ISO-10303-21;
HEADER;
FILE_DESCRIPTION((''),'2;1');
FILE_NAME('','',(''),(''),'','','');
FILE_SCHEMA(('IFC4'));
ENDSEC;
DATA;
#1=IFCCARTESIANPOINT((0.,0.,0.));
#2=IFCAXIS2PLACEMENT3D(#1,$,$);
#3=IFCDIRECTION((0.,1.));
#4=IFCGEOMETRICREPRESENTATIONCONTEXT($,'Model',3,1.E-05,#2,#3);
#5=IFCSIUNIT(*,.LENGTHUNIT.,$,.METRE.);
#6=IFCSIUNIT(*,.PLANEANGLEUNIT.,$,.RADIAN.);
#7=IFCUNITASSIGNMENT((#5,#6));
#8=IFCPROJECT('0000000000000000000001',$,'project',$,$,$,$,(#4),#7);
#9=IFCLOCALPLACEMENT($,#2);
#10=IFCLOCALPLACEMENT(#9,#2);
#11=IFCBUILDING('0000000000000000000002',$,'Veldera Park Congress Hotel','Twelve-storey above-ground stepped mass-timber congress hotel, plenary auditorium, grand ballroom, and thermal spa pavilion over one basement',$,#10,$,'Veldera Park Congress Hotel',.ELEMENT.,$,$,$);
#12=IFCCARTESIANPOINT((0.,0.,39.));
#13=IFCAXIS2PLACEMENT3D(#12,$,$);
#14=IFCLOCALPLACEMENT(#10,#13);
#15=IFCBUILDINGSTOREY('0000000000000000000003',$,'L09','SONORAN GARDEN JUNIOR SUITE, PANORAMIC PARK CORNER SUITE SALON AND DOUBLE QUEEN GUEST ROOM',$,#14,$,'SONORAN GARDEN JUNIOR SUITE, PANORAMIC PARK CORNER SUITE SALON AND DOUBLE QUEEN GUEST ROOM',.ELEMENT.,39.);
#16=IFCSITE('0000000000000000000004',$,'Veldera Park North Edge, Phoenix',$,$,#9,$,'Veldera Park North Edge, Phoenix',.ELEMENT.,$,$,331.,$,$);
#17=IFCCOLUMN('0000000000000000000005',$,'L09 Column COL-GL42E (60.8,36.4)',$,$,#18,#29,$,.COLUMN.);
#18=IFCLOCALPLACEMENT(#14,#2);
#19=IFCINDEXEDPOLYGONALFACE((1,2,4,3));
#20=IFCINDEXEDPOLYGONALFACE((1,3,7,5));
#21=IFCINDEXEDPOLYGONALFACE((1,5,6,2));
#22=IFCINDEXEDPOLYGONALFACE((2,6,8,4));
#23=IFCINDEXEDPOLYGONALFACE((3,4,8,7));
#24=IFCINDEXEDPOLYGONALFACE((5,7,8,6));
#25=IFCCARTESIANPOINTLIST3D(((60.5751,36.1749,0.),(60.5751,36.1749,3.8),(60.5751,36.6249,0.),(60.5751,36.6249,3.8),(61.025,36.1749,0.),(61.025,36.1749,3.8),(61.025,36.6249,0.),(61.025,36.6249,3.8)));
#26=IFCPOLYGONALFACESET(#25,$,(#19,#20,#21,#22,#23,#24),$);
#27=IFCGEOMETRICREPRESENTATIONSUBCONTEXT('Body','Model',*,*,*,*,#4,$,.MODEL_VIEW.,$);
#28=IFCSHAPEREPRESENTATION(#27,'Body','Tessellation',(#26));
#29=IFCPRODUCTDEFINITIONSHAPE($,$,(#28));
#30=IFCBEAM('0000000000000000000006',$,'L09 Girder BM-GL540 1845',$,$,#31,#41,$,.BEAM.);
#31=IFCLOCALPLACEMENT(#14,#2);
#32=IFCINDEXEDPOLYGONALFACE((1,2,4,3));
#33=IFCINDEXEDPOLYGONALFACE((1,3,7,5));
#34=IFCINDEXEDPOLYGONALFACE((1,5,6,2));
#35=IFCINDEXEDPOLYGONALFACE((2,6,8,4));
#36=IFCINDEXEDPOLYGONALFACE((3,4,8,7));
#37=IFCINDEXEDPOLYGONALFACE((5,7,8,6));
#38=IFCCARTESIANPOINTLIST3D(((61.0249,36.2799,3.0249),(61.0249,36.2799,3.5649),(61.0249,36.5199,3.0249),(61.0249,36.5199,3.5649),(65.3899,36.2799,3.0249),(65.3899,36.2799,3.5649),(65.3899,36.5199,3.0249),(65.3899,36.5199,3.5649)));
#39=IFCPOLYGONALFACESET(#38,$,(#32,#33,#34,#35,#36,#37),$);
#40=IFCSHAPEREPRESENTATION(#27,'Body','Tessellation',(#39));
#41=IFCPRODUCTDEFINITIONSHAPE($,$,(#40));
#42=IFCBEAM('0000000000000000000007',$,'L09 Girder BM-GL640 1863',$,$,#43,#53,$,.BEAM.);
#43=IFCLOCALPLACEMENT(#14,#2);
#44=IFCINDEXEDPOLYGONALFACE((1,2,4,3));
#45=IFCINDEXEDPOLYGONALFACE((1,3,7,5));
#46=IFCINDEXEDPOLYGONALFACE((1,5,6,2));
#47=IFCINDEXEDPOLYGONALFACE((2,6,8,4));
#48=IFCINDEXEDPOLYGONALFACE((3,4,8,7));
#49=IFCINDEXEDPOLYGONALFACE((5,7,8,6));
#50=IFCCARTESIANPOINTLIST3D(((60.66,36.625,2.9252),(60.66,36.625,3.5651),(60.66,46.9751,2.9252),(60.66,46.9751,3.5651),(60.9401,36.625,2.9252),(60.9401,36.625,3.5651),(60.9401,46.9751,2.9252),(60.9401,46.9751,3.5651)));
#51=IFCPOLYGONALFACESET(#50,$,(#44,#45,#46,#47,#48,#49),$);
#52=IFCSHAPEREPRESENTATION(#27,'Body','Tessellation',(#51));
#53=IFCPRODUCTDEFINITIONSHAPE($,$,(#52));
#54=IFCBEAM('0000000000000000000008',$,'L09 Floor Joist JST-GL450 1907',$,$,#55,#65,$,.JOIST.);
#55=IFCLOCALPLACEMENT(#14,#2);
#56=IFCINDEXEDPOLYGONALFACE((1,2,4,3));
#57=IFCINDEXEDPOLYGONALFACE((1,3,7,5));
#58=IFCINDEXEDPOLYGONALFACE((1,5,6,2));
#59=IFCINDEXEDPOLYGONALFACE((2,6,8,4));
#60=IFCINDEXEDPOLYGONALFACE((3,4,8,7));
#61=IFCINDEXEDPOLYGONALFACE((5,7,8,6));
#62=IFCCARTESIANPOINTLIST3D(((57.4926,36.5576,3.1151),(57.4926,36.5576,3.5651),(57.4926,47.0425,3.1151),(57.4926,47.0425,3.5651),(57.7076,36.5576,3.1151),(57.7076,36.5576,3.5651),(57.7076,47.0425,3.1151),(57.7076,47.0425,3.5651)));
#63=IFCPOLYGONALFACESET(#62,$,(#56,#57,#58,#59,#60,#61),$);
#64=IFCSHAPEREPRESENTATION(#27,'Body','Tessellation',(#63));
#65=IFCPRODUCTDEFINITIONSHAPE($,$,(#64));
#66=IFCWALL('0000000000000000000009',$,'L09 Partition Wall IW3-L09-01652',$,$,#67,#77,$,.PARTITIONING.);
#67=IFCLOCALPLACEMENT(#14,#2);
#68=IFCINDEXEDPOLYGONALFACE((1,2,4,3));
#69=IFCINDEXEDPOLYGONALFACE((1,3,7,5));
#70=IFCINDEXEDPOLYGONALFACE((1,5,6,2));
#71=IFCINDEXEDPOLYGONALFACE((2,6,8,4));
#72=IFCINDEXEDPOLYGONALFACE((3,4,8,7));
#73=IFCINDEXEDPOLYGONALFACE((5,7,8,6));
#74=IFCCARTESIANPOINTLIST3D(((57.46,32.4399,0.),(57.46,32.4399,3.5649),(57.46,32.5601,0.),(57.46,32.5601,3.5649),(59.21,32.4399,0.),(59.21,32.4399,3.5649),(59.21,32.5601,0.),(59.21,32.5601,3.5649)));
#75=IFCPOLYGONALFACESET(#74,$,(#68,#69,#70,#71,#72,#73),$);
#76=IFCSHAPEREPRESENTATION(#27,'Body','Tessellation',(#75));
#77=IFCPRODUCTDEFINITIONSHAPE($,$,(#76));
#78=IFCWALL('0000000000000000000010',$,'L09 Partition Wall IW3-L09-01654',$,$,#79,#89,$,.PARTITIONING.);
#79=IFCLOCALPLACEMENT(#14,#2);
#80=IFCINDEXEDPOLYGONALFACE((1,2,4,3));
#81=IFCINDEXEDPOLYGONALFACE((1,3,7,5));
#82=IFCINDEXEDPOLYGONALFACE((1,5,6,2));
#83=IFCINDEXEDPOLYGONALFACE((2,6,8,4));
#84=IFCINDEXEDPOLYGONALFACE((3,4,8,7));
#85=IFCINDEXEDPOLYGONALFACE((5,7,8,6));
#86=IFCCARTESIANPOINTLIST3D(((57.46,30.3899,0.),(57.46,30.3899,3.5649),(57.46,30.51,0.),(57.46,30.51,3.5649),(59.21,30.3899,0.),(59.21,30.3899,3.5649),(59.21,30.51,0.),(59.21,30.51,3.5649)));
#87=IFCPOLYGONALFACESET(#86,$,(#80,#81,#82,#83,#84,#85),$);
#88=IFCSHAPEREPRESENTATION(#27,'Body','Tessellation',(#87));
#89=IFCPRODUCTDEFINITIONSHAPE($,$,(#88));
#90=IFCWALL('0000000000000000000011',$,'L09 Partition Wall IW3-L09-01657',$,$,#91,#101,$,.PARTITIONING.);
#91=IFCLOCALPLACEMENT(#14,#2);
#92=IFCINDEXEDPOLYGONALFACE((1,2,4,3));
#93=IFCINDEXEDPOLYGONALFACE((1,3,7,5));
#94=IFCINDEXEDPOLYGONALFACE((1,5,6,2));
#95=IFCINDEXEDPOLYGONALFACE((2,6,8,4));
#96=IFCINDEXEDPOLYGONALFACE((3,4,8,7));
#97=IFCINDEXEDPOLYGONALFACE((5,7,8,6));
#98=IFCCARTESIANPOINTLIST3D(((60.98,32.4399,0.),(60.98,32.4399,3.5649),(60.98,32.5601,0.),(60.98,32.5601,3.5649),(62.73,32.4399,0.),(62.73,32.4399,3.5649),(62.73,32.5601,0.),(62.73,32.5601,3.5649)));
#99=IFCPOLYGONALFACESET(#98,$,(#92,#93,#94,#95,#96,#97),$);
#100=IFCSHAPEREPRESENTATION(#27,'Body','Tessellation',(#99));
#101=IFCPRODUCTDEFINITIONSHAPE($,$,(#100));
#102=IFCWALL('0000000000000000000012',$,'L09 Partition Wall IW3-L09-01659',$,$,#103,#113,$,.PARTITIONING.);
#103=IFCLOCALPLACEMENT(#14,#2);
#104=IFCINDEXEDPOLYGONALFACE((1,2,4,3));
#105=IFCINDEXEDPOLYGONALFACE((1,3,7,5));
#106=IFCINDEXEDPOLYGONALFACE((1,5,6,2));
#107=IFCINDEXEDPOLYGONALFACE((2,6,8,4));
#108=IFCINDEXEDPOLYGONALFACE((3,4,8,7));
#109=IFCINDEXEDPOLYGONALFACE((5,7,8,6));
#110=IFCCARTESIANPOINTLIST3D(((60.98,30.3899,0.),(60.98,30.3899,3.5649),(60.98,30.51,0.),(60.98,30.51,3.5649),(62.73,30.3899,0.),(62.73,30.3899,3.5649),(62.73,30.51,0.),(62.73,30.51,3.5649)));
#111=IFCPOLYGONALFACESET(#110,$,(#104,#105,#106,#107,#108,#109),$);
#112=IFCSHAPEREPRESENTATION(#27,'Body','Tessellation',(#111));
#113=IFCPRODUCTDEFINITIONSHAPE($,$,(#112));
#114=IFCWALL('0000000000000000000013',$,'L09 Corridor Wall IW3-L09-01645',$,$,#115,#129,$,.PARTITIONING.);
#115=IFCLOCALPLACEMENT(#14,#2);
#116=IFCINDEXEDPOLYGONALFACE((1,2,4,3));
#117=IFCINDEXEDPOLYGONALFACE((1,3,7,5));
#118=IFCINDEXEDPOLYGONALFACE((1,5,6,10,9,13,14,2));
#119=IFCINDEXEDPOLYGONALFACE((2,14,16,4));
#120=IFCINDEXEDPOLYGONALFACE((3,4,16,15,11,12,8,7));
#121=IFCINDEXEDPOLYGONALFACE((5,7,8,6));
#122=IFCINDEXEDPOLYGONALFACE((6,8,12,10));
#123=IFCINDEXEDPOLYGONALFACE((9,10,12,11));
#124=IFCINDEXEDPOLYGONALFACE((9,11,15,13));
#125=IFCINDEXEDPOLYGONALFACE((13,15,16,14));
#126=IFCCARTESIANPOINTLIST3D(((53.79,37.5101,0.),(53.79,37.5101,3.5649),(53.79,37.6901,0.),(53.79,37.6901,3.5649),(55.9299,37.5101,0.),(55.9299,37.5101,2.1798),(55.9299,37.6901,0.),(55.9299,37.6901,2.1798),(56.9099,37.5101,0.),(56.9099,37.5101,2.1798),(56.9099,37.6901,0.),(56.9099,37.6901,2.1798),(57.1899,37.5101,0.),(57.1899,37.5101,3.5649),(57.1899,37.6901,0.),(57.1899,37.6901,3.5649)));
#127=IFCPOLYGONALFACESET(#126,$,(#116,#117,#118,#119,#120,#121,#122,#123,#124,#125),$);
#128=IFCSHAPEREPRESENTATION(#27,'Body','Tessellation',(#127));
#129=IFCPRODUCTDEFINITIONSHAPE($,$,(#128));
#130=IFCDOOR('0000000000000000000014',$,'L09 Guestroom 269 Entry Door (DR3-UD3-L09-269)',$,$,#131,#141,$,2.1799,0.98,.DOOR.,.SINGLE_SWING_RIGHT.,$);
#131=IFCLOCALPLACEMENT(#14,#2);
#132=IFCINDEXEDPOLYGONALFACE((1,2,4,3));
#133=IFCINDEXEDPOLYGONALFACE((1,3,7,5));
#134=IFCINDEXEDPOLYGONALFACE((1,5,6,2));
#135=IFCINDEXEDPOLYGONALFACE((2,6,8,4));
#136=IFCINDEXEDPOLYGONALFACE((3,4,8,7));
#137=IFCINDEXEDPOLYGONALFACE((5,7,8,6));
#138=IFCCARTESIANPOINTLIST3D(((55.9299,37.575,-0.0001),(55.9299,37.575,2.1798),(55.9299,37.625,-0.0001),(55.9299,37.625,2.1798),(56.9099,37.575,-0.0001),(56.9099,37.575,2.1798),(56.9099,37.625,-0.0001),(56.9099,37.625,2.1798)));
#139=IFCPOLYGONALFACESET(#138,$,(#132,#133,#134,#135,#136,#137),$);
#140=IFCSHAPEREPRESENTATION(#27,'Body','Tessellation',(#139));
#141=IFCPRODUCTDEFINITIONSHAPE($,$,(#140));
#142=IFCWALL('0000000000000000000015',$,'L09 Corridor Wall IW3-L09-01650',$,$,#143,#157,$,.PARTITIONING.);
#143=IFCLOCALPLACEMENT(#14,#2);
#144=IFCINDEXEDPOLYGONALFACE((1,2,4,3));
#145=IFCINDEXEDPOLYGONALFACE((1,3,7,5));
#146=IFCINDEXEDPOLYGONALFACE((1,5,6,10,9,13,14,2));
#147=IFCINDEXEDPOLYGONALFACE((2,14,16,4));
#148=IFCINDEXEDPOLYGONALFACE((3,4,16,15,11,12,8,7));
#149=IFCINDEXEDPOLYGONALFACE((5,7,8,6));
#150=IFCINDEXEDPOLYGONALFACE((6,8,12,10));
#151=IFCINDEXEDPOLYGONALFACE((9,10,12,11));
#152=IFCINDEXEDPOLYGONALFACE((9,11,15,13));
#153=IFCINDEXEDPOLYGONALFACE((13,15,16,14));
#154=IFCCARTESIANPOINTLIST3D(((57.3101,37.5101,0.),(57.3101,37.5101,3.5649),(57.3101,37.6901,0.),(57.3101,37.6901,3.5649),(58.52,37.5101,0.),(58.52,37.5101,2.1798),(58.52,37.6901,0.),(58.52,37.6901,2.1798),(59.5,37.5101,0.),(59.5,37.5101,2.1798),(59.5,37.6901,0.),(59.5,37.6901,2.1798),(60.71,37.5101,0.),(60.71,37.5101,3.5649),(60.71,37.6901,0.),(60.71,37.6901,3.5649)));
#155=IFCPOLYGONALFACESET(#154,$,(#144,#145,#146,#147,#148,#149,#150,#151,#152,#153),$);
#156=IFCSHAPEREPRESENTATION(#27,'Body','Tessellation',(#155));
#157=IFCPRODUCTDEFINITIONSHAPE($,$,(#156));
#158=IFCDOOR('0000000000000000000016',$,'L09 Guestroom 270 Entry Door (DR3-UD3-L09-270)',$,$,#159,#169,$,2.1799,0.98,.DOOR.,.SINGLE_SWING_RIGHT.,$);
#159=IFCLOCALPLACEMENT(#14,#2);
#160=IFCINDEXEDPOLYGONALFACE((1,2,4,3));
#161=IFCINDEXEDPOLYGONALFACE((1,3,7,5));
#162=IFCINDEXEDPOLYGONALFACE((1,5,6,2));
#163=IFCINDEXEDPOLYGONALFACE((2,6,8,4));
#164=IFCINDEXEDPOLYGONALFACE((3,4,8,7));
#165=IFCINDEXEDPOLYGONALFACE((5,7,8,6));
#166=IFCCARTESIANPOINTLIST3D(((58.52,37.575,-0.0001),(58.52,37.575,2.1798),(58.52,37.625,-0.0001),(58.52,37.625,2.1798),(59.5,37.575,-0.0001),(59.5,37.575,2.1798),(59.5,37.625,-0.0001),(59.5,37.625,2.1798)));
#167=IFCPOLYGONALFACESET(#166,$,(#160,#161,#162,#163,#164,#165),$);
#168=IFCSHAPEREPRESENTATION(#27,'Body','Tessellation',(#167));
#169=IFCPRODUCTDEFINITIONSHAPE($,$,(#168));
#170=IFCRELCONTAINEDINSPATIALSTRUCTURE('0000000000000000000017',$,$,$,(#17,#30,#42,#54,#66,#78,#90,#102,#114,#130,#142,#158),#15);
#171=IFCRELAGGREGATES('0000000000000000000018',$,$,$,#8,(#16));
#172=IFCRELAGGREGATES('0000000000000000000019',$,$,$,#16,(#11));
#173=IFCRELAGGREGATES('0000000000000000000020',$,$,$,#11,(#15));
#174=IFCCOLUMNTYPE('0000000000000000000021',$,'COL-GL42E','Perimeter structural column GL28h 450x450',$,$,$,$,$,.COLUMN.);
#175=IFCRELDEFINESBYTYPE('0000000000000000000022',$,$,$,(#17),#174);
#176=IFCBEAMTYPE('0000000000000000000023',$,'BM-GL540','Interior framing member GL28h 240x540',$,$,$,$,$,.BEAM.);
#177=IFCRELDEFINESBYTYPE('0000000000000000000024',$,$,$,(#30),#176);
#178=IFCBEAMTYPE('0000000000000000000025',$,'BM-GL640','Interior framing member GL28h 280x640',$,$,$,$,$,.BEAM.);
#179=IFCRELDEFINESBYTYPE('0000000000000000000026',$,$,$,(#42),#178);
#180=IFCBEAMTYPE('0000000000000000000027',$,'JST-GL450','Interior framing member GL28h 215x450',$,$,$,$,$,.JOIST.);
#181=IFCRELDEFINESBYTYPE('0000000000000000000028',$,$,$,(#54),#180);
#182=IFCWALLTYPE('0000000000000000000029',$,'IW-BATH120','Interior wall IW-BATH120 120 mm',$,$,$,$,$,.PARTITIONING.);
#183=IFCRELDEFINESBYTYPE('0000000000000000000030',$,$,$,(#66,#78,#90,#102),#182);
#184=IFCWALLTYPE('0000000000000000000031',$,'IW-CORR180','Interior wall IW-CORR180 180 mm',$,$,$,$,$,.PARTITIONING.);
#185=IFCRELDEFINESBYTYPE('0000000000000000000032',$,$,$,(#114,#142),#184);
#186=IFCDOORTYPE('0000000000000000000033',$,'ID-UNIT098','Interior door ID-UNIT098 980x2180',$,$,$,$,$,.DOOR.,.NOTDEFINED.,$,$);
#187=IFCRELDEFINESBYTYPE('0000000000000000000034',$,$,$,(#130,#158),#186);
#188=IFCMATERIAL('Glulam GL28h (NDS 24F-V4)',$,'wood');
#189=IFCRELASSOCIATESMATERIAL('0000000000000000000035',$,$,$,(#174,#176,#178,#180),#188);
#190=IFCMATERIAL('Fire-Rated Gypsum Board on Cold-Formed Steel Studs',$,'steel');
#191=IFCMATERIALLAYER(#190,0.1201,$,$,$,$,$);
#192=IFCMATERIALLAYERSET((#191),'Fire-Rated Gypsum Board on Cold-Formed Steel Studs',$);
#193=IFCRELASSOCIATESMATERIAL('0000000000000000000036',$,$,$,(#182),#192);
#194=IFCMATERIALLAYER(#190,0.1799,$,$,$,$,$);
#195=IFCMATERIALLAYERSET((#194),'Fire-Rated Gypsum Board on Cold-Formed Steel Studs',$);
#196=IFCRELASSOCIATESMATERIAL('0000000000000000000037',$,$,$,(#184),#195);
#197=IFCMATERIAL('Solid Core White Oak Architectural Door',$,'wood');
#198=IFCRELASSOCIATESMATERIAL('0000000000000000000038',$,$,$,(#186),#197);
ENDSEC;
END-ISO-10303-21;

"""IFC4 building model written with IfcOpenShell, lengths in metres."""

from ifc_helpers import new_model, si_unit, direction, frame, frame_2d, origin, origin_2d, place, context, subcontext, project, spatial, rectangle, extrude, material, layer, layer_set, material_profile, profile_set, type_object, element, fill, save


model = new_model("IFC4")

# Units and contexts
model_context = context("Model", 3, precision=1e-05, world=origin(), true_north=direction((0.0, 1.0)))
body_context = subcontext(model_context, "Body", "Model", "MODEL_VIEW")
ifc_project = project(units=[si_unit("LENGTHUNIT", "METRE"), si_unit("PLANEANGLEUNIT", "RADIAN")], contexts=[model_context])

# Site, building, storey
site_placement = place(None, origin())
site = spatial("IfcSite", under=ifc_project, at=site_placement, Name="Veldera Park North Edge, Phoenix", LongName="Veldera Park North Edge, Phoenix", CompositionType="ELEMENT", RefElevation=331.0)
building_placement = place(site_placement, origin())
building = spatial("IfcBuilding", under=site, at=building_placement, Name="Veldera Park Congress Hotel", Description="Twelve-storey above-ground stepped mass-timber congress hotel, plenary auditorium, grand ballroom, and thermal spa pavilion over one basement", LongName="Veldera Park Congress Hotel", CompositionType="ELEMENT")
storey_placement = place(building_placement, frame((0.0, 0.0, 39.0)))
storey = spatial("IfcBuildingStorey", under=building, at=storey_placement, Name="L09", Description="SONORAN GARDEN JUNIOR SUITE, PANORAMIC PARK CORNER SUITE SALON AND DOUBLE QUEEN GUEST ROOM", LongName="SONORAN GARDEN JUNIOR SUITE, PANORAMIC PARK CORNER SUITE SALON AND DOUBLE QUEEN GUEST ROOM", CompositionType="ELEMENT", Elevation=39.0)

# Column
ifc_material_1 = material(Name="Glulam GL28h (NDS 24F-V4)", Category="wood")
ifc_material_profile_1 = material_profile(ifc_material_1, rectangle(XDim=0.45, YDim=0.45, at=origin_2d()), Name="GL28h 450x450")
ifc_profile_set_1 = profile_set([ifc_material_profile_1], Name="Glulam GL28h (NDS 24F-V4)")
column_type = type_object("IfcColumnType", Name="COL-GL42E", Description="Perimeter structural column GL28h 450x450", PredefinedType="COLUMN", material=ifc_profile_set_1)
column_placement = place(storey_placement, frame((60.8, 36.3999, 0.0), z_axis=(0.0, 0.0, 1.0), x_axis=(1.0, 0.0, 0.0)))
element("IfcColumn", 1, at=column_placement, inside=storey, type_object=column_type, Name="L09 Column COL-GL42E (60.8,36.4)", PredefinedType="COLUMN", context=body_context, shape_type="SweptSolid", body=[
    extrude(rectangle(XDim=0.45, YDim=0.45, at=origin_2d()), origin(), (0.0, 0.0, 1.0), 3.8),
])

# Beams
ifc_material_profile_2 = material_profile(ifc_material_1, rectangle(XDim=0.24, YDim=0.54, at=origin_2d()), Name="GL28h 240x540")
ifc_profile_set_2 = profile_set([ifc_material_profile_2], Name="Glulam GL28h (NDS 24F-V4)")
beam_type_1 = type_object("IfcBeamType", Name="BM-GL540", Description="Interior framing member GL28h 240x540", PredefinedType="BEAM", material=ifc_profile_set_2)
beam_1_placement = place(storey_placement, frame((61.0249, 36.3999, 3.2949), z_axis=(1.0, 0.0, 0.0), x_axis=(0.0, 1.0, 0.0)))
element("IfcBeam", 2, at=beam_1_placement, inside=storey, type_object=beam_type_1, Name="L09 Girder BM-GL540 1845", PredefinedType="BEAM", context=body_context, shape_type="SweptSolid", body=[
    extrude(rectangle(XDim=0.24, YDim=0.54, at=origin_2d()), origin(), (0.0, 0.0, 1.0), 4.365),
])
ifc_material_profile_3 = material_profile(ifc_material_1, rectangle(XDim=0.28, YDim=0.6399, at=origin_2d()), Name="GL28h 280x640")
ifc_profile_set_3 = profile_set([ifc_material_profile_3], Name="Glulam GL28h (NDS 24F-V4)")
beam_type_2 = type_object("IfcBeamType", Name="BM-GL640", Description="Interior framing member GL28h 280x640", PredefinedType="BEAM", material=ifc_profile_set_3)
beam_2_placement = place(storey_placement, frame((60.8, 36.625, 3.2451), z_axis=(0.0, 1.0, 0.0), x_axis=(-1.0, 0.0, 0.0)))
element("IfcBeam", 3, at=beam_2_placement, inside=storey, type_object=beam_type_2, Name="L09 Girder BM-GL640 1863", PredefinedType="BEAM", context=body_context, shape_type="SweptSolid", body=[
    extrude(rectangle(XDim=0.28, YDim=0.6399, at=origin_2d()), origin(), (0.0, 0.0, 1.0), 10.3501),
])
ifc_material_profile_4 = material_profile(ifc_material_1, rectangle(XDim=0.2151, YDim=0.45, at=origin_2d()), Name="GL28h 215x450")
ifc_profile_set_4 = profile_set([ifc_material_profile_4], Name="Glulam GL28h (NDS 24F-V4)")
beam_type_3 = type_object("IfcBeamType", Name="JST-GL450", Description="Interior framing member GL28h 215x450", PredefinedType="JOIST", material=ifc_profile_set_4)
beam_3_placement = place(storey_placement, frame((57.6001, 36.5576, 3.3401), z_axis=(0.0, 1.0, 0.0), x_axis=(-1.0, 0.0, 0.0)))
element("IfcBeam", 4, at=beam_3_placement, inside=storey, type_object=beam_type_3, Name="L09 Floor Joist JST-GL450 1907", PredefinedType="JOIST", context=body_context, shape_type="SweptSolid", body=[
    extrude(rectangle(XDim=0.2151, YDim=0.45, at=origin_2d()), origin(), (0.0, 0.0, 1.0), 10.4849),
])

# Wall
ifc_material_2 = material(Name="Fire-Rated Gypsum Board on Cold-Formed Steel Studs", Category="steel")
ifc_layer_1 = layer(ifc_material_2, 0.1201)
ifc_layer_set_1 = layer_set([ifc_layer_1], Name="Fire-Rated Gypsum Board on Cold-Formed Steel Studs")
wall_type_1 = type_object("IfcWallType", Name="IW-BATH120", Description="Interior wall IW-BATH120 120 mm", PredefinedType="PARTITIONING", material=ifc_layer_set_1)
wall_1_placement = place(storey_placement, frame((57.46, 32.5, 0.0), z_axis=(0.0, 0.0, 1.0), x_axis=(1.0, 0.0, 0.0)))
element("IfcWall", 5, at=wall_1_placement, inside=storey, type_object=wall_type_1, Name="L09 Partition Wall IW3-L09-01652", PredefinedType="PARTITIONING", context=body_context, shape_type="SweptSolid", body=[
    extrude(rectangle(XDim=1.75, YDim=0.1201, at=frame_2d((0.875, 0.0))), origin(), (0.0, 0.0, 1.0), 3.5649),
])

# Shared definitions
ifc_material_3 = material(Name="Solid Core White Oak Architectural Door", Category="wood")

# Walls
for number, where, z_axis, x_axis, name in (
    (6, (57.46, 30.45, 0.0), (0.0, 0.0, 1.0), (1.0, 0.0, 0.0), "L09 Partition Wall IW3-L09-01654"),
    (7, (60.98, 32.5, 0.0), (0.0, 0.0, 1.0), (1.0, 0.0, 0.0), "L09 Partition Wall IW3-L09-01657"),
):
    element("IfcWall", number, at=place(storey_placement, frame(where, z_axis=z_axis, x_axis=x_axis)), inside=storey, type_object=wall_type_1, Name=name, PredefinedType="PARTITIONING", context=body_context, shape_type="SweptSolid", body=[
        extrude(rectangle(XDim=1.75, YDim=0.1201, at=frame_2d((0.875, 0.0))), origin(), (0.0, 0.0, 1.0), 3.5649),
    ])

# Wall
wall_2_placement = place(storey_placement, frame((60.98, 30.45, 0.0), z_axis=(0.0, 0.0, 1.0), x_axis=(1.0, 0.0, 0.0)))
element("IfcWall", 8, at=wall_2_placement, inside=storey, type_object=wall_type_1, Name="L09 Partition Wall IW3-L09-01659", PredefinedType="PARTITIONING", context=body_context, shape_type="SweptSolid", body=[
    extrude(rectangle(XDim=1.75, YDim=0.1201, at=frame_2d((0.875, 0.0))), origin(), (0.0, 0.0, 1.0), 3.5649),
])

# Walls, openings, doors
ifc_layer_2 = layer(ifc_material_2, 0.1799)
ifc_layer_set_2 = layer_set([ifc_layer_2], Name="Fire-Rated Gypsum Board on Cold-Formed Steel Studs")
wall_type_2 = type_object("IfcWallType", Name="IW-CORR180", Description="Interior wall IW-CORR180 180 mm", PredefinedType="PARTITIONING", material=ifc_layer_set_2)
wall_3_placement = place(storey_placement, frame((57.1899, 37.6001, 0.0), z_axis=(0.0, 0.0, 1.0), x_axis=(-1.0, 0.0, 0.0)))
wall_3 = element("IfcWall", 9, at=wall_3_placement, inside=storey, type_object=wall_type_2, Name="L09 Corridor Wall IW3-L09-01645", PredefinedType="PARTITIONING", context=body_context, shape_type="SweptSolid", body=[
    extrude(rectangle(XDim=3.3999, YDim=0.1799, at=frame_2d((1.7, 0.0))), origin(), (0.0, 0.0, 1.0), 3.5649),
])
opening_1_placement = place(wall_3_placement, frame((0.28, 0.0, 0.0)))
opening_1 = element("IfcOpeningElement", 10, at=opening_1_placement, cuts=wall_3, PredefinedType="OPENING", context=body_context, shape_type="SweptSolid", body=[
    extrude(rectangle(XDim=0.98, YDim=2.1799, at=frame_2d((0.49, 1.0898))), frame((0.0, 0.1021, 0.0), z_axis=(0.0, -1.0, 0.0), x_axis=(1.0, 0.0, 0.0)), (0.0, 0.0, 1.0), 0.2039),
])
door_type_1 = type_object("IfcDoorType", Name="ID-UNIT098", Description="Interior door ID-UNIT098 980x2180", OperationType="NOTDEFINED", PredefinedType="DOOR", material=ifc_material_3)
door_1_placement = place(opening_1_placement, frame((0.98, 0.0, 0.0), z_axis=(0.0, 0.0, 1.0), x_axis=(-1.0, 0.0, 0.0)))
door_1 = element("IfcDoor", 11, at=door_1_placement, inside=storey, type_object=door_type_1, Name="L09 Guestroom 269 Entry Door (DR3-UD3-L09-269)", OperationType="SINGLE_SWING_RIGHT", OverallHeight=2.1799, OverallWidth=0.98, PredefinedType="DOOR", context=body_context, shape_type="SweptSolid", body=[
    extrude(rectangle(XDim=0.98, YDim=2.1799, at=frame_2d((0.49, 1.0898))), frame((0.0, 0.0249, 0.0), z_axis=(0.0, -1.0, 0.0), x_axis=(1.0, 0.0, 0.0)), (0.0, 0.0, 1.0), 0.05),
])
fill(opening_1, door_1)
wall_4_placement = place(storey_placement, frame((60.71, 37.6001, 0.0), z_axis=(0.0, 0.0, 1.0), x_axis=(-1.0, 0.0, 0.0)))
wall_4 = element("IfcWall", 12, at=wall_4_placement, inside=storey, type_object=wall_type_2, Name="L09 Corridor Wall IW3-L09-01650", PredefinedType="PARTITIONING", context=body_context, shape_type="SweptSolid", body=[
    extrude(rectangle(XDim=3.3999, YDim=0.1799, at=frame_2d((1.7, 0.0))), origin(), (0.0, 0.0, 1.0), 3.5649),
])
opening_2_placement = place(wall_4_placement, frame((1.21, 0.0, 0.0)))
opening_2 = element("IfcOpeningElement", 13, at=opening_2_placement, cuts=wall_4, PredefinedType="OPENING", context=body_context, shape_type="SweptSolid", body=[
    extrude(rectangle(XDim=0.98, YDim=2.1799, at=frame_2d((0.49, 1.0898))), frame((0.0, 0.1021, 0.0), z_axis=(0.0, -1.0, 0.0), x_axis=(1.0, 0.0, 0.0)), (0.0, 0.0, 1.0), 0.2039),
])
door_2_placement = place(opening_2_placement, frame((0.98, 0.0, 0.0), z_axis=(0.0, 0.0, 1.0), x_axis=(-1.0, 0.0, 0.0)))
door_2 = element("IfcDoor", 14, at=door_2_placement, inside=storey, type_object=door_type_1, Name="L09 Guestroom 270 Entry Door (DR3-UD3-L09-270)", OperationType="SINGLE_SWING_RIGHT", OverallHeight=2.1799, OverallWidth=0.98, PredefinedType="DOOR", context=body_context, shape_type="SweptSolid", body=[
    extrude(rectangle(XDim=0.98, YDim=2.1799, at=frame_2d((0.49, 1.0898))), frame((0.0, 0.0249, 0.0), z_axis=(0.0, -1.0, 0.0), x_axis=(1.0, 0.0, 0.0)), (0.0, 0.0, 1.0), 0.05),
])
fill(opening_2, door_2)

save(model, "model.ifc")
